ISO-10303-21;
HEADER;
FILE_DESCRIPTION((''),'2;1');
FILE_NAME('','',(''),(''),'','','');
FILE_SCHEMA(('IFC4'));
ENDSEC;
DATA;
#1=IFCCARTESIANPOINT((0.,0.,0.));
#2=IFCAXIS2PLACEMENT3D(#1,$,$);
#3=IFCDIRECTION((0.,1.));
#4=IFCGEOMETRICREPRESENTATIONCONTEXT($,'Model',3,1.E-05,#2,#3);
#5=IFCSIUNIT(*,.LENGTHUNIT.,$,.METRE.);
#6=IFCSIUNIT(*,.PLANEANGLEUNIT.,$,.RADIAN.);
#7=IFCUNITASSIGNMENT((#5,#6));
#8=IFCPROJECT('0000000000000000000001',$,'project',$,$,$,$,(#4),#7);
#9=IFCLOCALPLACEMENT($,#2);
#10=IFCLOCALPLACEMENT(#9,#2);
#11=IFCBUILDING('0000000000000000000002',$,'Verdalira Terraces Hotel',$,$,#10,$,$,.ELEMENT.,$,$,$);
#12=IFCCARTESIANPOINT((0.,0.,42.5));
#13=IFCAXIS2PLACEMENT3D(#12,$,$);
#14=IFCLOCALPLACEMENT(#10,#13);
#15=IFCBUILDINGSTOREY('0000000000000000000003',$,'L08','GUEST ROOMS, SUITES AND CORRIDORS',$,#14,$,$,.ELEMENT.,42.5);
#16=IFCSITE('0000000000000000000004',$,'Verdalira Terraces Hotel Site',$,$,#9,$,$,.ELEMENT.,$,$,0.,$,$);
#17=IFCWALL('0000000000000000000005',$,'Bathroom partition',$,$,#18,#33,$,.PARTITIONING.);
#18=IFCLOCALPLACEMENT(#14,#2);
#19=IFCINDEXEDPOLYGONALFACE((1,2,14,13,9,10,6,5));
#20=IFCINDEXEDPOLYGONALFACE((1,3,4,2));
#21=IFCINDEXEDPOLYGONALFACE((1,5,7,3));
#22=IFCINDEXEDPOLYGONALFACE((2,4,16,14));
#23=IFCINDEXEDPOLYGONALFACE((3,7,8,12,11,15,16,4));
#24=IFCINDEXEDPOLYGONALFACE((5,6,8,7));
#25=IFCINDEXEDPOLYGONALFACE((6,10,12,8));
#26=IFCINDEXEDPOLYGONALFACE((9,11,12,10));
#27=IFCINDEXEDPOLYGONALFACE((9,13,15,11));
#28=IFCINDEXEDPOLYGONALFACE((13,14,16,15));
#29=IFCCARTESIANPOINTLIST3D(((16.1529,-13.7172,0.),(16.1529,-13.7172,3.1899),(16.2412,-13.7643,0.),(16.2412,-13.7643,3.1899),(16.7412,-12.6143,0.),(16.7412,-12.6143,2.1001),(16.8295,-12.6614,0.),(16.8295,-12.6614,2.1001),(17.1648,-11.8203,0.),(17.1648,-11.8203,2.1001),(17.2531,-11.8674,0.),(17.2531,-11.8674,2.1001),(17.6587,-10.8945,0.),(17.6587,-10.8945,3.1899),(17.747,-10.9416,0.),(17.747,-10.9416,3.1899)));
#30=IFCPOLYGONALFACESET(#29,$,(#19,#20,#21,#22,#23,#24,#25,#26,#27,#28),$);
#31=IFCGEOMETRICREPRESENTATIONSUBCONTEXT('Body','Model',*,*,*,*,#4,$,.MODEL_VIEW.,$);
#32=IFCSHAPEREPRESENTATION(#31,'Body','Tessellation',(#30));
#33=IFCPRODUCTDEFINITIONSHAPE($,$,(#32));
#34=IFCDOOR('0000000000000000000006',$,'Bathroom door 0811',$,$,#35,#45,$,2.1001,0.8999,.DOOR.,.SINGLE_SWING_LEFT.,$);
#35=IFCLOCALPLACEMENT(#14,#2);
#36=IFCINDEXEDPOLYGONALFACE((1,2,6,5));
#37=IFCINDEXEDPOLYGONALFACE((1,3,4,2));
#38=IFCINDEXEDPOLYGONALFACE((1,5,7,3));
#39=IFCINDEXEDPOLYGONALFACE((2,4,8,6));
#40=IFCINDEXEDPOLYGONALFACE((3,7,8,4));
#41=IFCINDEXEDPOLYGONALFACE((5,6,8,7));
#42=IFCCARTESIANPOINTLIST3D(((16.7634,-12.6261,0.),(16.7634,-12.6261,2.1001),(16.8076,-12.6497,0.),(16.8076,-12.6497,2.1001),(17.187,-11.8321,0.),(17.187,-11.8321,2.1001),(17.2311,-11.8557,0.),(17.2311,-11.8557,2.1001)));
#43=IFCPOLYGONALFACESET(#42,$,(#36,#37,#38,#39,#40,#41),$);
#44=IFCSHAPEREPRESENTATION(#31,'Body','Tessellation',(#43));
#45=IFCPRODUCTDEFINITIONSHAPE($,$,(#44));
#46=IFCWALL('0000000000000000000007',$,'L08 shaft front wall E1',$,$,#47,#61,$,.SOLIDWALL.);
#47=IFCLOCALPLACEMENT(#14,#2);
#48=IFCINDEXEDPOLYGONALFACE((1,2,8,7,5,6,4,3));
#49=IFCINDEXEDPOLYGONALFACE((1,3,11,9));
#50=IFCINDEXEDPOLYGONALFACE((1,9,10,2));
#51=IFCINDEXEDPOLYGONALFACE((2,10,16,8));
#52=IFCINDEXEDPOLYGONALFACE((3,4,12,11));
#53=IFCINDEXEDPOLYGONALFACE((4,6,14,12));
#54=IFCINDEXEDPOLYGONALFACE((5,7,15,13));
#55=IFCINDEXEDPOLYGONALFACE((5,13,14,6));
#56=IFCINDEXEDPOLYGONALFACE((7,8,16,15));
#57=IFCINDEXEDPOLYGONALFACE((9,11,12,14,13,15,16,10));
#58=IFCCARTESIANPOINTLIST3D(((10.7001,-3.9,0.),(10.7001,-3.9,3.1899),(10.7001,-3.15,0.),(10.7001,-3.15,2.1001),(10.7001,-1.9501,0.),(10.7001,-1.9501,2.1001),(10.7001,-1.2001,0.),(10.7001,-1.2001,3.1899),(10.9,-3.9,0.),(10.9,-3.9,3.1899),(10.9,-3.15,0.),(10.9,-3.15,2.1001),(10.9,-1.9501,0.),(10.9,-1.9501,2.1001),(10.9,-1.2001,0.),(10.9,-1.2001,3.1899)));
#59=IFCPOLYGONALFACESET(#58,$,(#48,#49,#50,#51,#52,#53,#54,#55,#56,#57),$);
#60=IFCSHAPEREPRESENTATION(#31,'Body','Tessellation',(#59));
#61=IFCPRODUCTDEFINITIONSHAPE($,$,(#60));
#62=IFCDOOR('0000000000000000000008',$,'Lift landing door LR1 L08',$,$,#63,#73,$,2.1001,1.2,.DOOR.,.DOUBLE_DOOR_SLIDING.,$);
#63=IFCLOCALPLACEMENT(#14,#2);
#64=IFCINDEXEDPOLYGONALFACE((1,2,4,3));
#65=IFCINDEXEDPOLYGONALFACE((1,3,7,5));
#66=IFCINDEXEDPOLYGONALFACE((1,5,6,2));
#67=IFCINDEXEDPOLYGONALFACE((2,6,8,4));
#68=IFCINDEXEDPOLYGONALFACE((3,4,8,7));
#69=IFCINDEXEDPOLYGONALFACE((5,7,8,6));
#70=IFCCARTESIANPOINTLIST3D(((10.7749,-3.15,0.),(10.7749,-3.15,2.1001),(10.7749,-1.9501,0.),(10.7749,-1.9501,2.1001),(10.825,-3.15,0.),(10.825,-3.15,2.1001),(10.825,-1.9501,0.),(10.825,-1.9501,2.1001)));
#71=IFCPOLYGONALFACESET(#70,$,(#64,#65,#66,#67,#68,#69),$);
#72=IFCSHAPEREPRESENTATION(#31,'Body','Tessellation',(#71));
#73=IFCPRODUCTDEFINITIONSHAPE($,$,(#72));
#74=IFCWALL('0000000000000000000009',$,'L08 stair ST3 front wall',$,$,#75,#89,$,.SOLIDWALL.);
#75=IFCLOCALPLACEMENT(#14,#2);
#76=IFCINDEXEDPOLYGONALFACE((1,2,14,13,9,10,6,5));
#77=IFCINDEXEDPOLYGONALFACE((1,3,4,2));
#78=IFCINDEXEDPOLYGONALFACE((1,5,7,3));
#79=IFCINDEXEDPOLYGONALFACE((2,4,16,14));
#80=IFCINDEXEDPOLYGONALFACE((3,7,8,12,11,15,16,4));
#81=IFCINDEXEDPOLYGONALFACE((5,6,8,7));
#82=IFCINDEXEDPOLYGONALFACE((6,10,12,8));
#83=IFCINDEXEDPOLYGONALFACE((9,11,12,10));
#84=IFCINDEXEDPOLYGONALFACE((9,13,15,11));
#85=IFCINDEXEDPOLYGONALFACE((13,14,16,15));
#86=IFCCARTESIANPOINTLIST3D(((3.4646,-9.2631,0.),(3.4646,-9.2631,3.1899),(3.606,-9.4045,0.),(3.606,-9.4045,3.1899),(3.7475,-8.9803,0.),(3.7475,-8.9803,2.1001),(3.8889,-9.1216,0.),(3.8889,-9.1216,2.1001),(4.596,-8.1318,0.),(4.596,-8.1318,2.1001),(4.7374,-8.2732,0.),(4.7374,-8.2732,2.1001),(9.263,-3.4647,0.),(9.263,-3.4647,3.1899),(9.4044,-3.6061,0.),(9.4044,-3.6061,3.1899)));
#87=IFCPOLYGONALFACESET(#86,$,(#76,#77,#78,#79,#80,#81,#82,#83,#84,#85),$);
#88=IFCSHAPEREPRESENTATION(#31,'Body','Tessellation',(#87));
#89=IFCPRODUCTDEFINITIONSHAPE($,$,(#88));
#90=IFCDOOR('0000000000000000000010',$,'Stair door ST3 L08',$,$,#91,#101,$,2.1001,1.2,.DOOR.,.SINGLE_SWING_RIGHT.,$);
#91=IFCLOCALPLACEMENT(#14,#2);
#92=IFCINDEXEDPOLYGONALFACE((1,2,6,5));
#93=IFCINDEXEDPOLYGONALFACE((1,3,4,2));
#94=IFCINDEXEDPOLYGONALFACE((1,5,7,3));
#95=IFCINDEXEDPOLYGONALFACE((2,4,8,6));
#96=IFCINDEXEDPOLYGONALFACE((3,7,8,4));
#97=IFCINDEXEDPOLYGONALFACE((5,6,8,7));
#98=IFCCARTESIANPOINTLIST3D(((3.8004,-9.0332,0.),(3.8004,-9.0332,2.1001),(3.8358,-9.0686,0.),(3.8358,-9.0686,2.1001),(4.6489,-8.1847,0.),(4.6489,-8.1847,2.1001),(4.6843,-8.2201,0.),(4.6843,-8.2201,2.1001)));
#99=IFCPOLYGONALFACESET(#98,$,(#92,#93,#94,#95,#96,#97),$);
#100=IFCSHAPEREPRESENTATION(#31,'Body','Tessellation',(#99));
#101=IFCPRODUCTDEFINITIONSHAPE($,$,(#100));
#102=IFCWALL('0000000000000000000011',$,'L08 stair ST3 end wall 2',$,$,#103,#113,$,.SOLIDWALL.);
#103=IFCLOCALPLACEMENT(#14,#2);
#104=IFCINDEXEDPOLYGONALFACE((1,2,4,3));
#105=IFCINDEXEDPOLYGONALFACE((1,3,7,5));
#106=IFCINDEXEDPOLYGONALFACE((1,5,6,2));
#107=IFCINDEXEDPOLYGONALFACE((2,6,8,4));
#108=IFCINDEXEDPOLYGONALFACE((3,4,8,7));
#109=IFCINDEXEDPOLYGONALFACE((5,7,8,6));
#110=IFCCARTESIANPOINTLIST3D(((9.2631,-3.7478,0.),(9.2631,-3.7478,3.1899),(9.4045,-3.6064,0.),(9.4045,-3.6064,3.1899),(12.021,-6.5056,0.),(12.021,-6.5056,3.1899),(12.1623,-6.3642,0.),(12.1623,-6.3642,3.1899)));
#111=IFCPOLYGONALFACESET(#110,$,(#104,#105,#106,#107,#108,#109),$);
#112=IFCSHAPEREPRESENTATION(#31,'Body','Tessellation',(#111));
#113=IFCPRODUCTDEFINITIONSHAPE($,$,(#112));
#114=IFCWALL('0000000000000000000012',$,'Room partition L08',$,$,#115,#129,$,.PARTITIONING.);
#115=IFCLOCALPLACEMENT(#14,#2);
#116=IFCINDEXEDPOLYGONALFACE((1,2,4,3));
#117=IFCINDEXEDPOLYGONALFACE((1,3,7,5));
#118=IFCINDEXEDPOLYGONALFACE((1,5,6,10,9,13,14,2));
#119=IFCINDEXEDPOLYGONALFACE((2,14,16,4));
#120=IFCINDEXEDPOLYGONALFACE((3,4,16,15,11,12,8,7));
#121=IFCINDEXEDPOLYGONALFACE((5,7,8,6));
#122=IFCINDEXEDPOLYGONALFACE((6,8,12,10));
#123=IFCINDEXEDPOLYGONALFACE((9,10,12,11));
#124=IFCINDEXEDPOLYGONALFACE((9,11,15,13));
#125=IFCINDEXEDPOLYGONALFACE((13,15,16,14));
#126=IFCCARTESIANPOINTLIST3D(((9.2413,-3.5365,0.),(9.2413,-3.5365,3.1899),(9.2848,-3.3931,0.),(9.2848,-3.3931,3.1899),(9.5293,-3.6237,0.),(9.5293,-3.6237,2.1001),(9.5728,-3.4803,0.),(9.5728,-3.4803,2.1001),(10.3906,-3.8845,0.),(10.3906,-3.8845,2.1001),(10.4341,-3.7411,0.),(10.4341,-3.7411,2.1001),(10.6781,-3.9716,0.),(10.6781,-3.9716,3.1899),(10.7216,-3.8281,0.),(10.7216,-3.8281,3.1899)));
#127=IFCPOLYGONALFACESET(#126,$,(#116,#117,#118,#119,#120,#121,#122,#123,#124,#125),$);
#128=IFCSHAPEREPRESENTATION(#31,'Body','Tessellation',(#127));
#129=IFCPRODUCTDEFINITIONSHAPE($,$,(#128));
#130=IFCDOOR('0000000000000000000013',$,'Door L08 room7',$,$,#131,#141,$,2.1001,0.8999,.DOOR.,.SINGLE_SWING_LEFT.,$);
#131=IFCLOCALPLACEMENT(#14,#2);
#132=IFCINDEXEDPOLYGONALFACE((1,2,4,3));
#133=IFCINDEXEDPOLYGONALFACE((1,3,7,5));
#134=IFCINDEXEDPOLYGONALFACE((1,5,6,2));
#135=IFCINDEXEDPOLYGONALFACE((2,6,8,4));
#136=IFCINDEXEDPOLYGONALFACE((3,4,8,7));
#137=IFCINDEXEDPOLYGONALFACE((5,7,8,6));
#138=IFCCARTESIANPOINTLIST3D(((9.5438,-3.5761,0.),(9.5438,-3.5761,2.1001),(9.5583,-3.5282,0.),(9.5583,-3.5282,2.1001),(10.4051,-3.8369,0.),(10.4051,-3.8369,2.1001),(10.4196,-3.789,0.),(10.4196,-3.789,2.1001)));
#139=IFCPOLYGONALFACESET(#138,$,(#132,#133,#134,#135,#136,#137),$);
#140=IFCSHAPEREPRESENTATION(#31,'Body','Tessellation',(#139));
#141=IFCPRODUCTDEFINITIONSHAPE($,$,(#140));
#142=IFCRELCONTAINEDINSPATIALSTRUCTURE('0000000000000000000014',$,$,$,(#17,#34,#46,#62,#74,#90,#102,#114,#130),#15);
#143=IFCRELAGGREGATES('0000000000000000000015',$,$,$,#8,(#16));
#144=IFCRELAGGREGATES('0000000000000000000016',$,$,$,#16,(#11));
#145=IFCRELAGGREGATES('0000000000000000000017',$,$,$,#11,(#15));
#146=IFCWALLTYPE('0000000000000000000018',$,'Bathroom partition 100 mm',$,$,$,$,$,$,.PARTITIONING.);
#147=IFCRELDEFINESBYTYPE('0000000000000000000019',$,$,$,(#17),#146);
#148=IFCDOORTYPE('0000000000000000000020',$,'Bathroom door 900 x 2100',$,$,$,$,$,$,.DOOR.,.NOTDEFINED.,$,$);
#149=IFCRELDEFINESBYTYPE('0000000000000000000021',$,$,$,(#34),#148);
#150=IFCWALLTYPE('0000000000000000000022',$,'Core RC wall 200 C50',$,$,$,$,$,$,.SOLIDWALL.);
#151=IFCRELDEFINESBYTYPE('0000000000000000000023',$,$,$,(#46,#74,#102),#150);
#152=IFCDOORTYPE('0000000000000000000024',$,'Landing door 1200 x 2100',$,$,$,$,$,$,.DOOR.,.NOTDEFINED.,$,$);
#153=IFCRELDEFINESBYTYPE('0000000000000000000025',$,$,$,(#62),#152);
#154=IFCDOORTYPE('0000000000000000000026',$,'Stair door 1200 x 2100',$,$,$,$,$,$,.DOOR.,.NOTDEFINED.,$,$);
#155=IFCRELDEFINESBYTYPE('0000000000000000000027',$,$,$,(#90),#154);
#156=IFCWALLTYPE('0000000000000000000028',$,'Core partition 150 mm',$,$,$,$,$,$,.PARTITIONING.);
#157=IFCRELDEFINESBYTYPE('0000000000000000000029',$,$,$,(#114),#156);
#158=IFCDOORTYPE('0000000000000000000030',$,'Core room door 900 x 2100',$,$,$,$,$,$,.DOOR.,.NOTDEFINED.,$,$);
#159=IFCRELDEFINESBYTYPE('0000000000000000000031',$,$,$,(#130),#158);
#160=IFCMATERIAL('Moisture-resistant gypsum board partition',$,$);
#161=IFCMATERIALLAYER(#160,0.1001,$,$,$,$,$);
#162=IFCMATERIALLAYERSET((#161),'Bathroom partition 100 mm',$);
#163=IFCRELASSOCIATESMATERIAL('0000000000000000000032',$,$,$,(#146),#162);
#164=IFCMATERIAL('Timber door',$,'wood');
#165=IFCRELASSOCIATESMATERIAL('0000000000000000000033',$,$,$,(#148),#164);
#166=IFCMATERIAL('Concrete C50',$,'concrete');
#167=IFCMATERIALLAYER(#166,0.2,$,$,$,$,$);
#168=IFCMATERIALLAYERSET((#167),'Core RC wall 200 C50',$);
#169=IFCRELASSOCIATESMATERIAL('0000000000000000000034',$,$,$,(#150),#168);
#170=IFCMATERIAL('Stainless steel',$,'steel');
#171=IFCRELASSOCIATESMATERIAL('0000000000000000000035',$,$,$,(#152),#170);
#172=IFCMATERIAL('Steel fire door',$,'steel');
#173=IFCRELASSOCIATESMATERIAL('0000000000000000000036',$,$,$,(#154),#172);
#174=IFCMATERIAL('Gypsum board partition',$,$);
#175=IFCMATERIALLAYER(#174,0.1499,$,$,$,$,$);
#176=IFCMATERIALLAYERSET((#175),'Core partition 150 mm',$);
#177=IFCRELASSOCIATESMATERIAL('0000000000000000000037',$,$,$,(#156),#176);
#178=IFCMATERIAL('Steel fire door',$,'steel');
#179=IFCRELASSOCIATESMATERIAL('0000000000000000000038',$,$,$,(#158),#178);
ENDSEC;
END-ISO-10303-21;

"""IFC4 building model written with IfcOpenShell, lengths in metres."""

from ifc_helpers import new_model, si_unit, direction, frame, frame_2d, origin, place, context, subcontext, project, spatial, rectangle, extrude, material, layer, layer_set, type_object, element, fill, save


model = new_model("IFC4")

# Units and contexts
model_context = context("Model", 3, precision=1e-05, world=origin(), true_north=direction((0.0, 1.0)))
body_context = subcontext(model_context, "Body", "Model", "MODEL_VIEW")
ifc_project = project(units=[si_unit("LENGTHUNIT", "METRE"), si_unit("PLANEANGLEUNIT", "RADIAN")], contexts=[model_context])

# Site, building, storey
site_placement = place(None, origin())
site = spatial("IfcSite", under=ifc_project, at=site_placement, Name="Verdalira Terraces Hotel Site", CompositionType="ELEMENT", RefElevation=0.0)
building_placement = place(site_placement, origin())
building = spatial("IfcBuilding", under=site, at=building_placement, Name="Verdalira Terraces Hotel", CompositionType="ELEMENT")
storey_placement = place(building_placement, frame((0.0, 0.0, 42.5)))
storey = spatial("IfcBuildingStorey", under=building, at=storey_placement, Name="L08", Description="GUEST ROOMS, SUITES AND CORRIDORS", CompositionType="ELEMENT", Elevation=42.5)

# Walls, openings, doors
ifc_material_1 = material(Name="Moisture-resistant gypsum board partition")
ifc_layer_1 = layer(ifc_material_1, 0.1001)
ifc_layer_set_1 = layer_set([ifc_layer_1], Name="Bathroom partition 100 mm")
wall_type_1 = type_object("IfcWallType", Name="Bathroom partition 100 mm", PredefinedType="PARTITIONING", material=ifc_layer_set_1)
wall_1_placement = place(storey_placement, frame((16.197, -13.7407, 0.0), z_axis=(0.0, 0.0, 1.0), x_axis=(0.470683, 0.882302, 0.0)))
wall_1 = element("IfcWall", 1, at=wall_1_placement, inside=storey, type_object=wall_type_1, Name="Bathroom partition", PredefinedType="PARTITIONING", context=body_context, shape_type="SweptSolid", body=[
    extrude(rectangle(XDim=3.1992, YDim=0.1001, at=frame_2d((1.5996, 0.0))), origin(), (0.0, 0.0, 1.0), 3.1899),
])
opening_1_placement = place(wall_1_placement, frame((1.25, 0.0, 0.0)))
opening_1 = element("IfcOpeningElement", 2, at=opening_1_placement, cuts=wall_1, PredefinedType="OPENING", context=body_context, shape_type="SweptSolid", body=[
    extrude(rectangle(XDim=0.8999, YDim=2.1001, at=frame_2d((0.45, 1.05))), frame((0.0, 0.0601, 0.0), z_axis=(0.0, -1.0, 0.0), x_axis=(1.0, 0.0, 0.0)), (0.0, 0.0, 1.0), 0.1201),
])
ifc_material_2 = material(Name="Timber door", Category="wood")
door_type_1 = type_object("IfcDoorType", Name="Bathroom door 900 x 2100", OperationType="NOTDEFINED", PredefinedType="DOOR", material=ifc_material_2)
door_1_placement = place(opening_1_placement, origin())
door_1 = element("IfcDoor", 3, at=door_1_placement, inside=storey, type_object=door_type_1, Name="Bathroom door 0811", OperationType="SINGLE_SWING_LEFT", OverallHeight=2.1001, OverallWidth=0.8999, PredefinedType="DOOR", context=body_context, shape_type="SweptSolid", body=[
    extrude(rectangle(XDim=0.8999, YDim=2.1001, at=frame_2d((0.45, 1.05))), frame((0.0, 0.0249, 0.0), z_axis=(0.0, -1.0, 0.0), x_axis=(1.0, 0.0, 0.0)), (0.0, 0.0, 1.0), 0.05),
])
fill(opening_1, door_1)
ifc_material_3 = material(Name="Concrete C50", Category="concrete")
ifc_layer_2 = layer(ifc_material_3, 0.2)
ifc_layer_set_2 = layer_set([ifc_layer_2], Name="Core RC wall 200 C50")
wall_type_2 = type_object("IfcWallType", Name="Core RC wall 200 C50", PredefinedType="SOLIDWALL", material=ifc_layer_set_2)
wall_2_placement = place(storey_placement, frame((10.8, -1.2, 0.0), z_axis=(0.0, 0.0, 1.0), x_axis=(0.0, -1.0, 0.0)))
wall_2 = element("IfcWall", 4, at=wall_2_placement, inside=storey, type_object=wall_type_2, Name="L08 shaft front wall E1", PredefinedType="SOLIDWALL", context=body_context, shape_type="SweptSolid", body=[
    extrude(rectangle(XDim=2.7, YDim=0.2, at=frame_2d((1.3501, 0.0))), origin(), (0.0, 0.0, 1.0), 3.1899),
])
opening_2_placement = place(wall_2_placement, frame((0.75, 0.0, 0.0)))
opening_2 = element("IfcOpeningElement", 5, at=opening_2_placement, cuts=wall_2, PredefinedType="OPENING", context=body_context, shape_type="SweptSolid", body=[
    extrude(rectangle(XDim=1.2, YDim=2.1001, at=frame_2d((0.6001, 1.05))), frame((0.0, 0.1099, 0.0), z_axis=(0.0, -1.0, 0.0), x_axis=(1.0, 0.0, 0.0)), (0.0, 0.0, 1.0), 0.22),
])
ifc_material_4 = material(Name="Stainless steel", Category="steel")
door_type_2 = type_object("IfcDoorType", Name="Landing door 1200 x 2100", OperationType="NOTDEFINED", PredefinedType="DOOR", material=ifc_material_4)
door_2_placement = place(opening_2_placement, origin())
door_2 = element("IfcDoor", 6, at=door_2_placement, inside=storey, type_object=door_type_2, Name="Lift landing door LR1 L08", OperationType="DOUBLE_DOOR_SLIDING", OverallHeight=2.1001, OverallWidth=1.2, PredefinedType="DOOR", context=body_context, shape_type="SweptSolid", body=[
    extrude(rectangle(XDim=1.2, YDim=2.1001, at=frame_2d((0.6001, 1.05))), frame((0.0, 0.0249, 0.0), z_axis=(0.0, -1.0, 0.0), x_axis=(1.0, 0.0, 0.0)), (0.0, 0.0, 1.0), 0.05),
])
fill(opening_2, door_2)
wall_3_placement = place(storey_placement, frame((9.3337, -3.5354, 0.0), z_axis=(0.0, 0.0, 1.0), x_axis=(-0.707107, -0.707107, 0.0)))
wall_3 = element("IfcWall", 7, at=wall_3_placement, inside=storey, type_object=wall_type_2, Name="L08 stair ST3 front wall", PredefinedType="SOLIDWALL", context=body_context, shape_type="SweptSolid", body=[
    extrude(rectangle(XDim=8.2002, YDim=0.2, at=frame_2d((4.1001, 0.0))), origin(), (0.0, 0.0, 1.0), 3.1899),
])
opening_3_placement = place(wall_3_placement, frame((6.6001, 0.0, 0.0)))
opening_3 = element("IfcOpeningElement", 8, at=opening_3_placement, cuts=wall_3, PredefinedType="OPENING", context=body_context, shape_type="SweptSolid", body=[
    extrude(rectangle(XDim=1.2, YDim=2.1001, at=frame_2d((0.6001, 1.05))), frame((0.0, 0.1099, 0.0), z_axis=(0.0, -1.0, 0.0), x_axis=(1.0, 0.0, 0.0)), (0.0, 0.0, 1.0), 0.22),
])
ifc_material_5 = material(Name="Steel fire door", Category="steel")
door_type_3 = type_object("IfcDoorType", Name="Stair door 1200 x 2100", OperationType="NOTDEFINED", PredefinedType="DOOR", material=ifc_material_5)
door_3_placement = place(opening_3_placement, origin())
door_3 = element("IfcDoor", 9, at=door_3_placement, inside=storey, type_object=door_type_3, Name="Stair door ST3 L08", OperationType="SINGLE_SWING_RIGHT", OverallHeight=2.1001, OverallWidth=1.2, PredefinedType="DOOR", context=body_context, shape_type="SweptSolid", body=[
    extrude(rectangle(XDim=1.2, YDim=2.1001, at=frame_2d((0.6001, 1.05))), frame((0.0, 0.0249, 0.0), z_axis=(0.0, -1.0, 0.0), x_axis=(1.0, 0.0, 0.0)), (0.0, 0.0, 1.0), 0.05),
])
fill(opening_3, door_3)

# Wall
wall_4_placement = place(storey_placement, frame((9.3337, -3.677, 0.0), z_axis=(0.0, 0.0, 1.0), x_axis=(0.707107, -0.707107, 0.0)))
element("IfcWall", 10, at=wall_4_placement, inside=storey, type_object=wall_type_2, Name="L08 stair ST3 end wall 2", PredefinedType="SOLIDWALL", context=body_context, shape_type="SweptSolid", body=[
    extrude(rectangle(XDim=3.9001, YDim=0.2, at=frame_2d((1.9502, 0.0))), origin(), (0.0, 0.0, 1.0), 3.1899),
])

# Wall, opening, door
ifc_material_6 = material(Name="Gypsum board partition")
ifc_layer_3 = layer(ifc_material_6, 0.1499)
ifc_layer_set_3 = layer_set([ifc_layer_3], Name="Core partition 150 mm")
wall_type_3 = type_object("IfcWallType", Name="Core partition 150 mm", PredefinedType="PARTITIONING", material=ifc_layer_set_3)
wall_5_placement = place(storey_placement, frame((9.2632, -3.4648, 0.0), z_axis=(0.0, 0.0, 1.0), x_axis=(0.957085, -0.289809, 0.0)))
wall_5 = element("IfcWall", 11, at=wall_5_placement, inside=storey, type_object=wall_type_3, Name="Room partition L08", PredefinedType="PARTITIONING", context=body_context, shape_type="SweptSolid", body=[
    extrude(rectangle(XDim=1.5012, YDim=0.1499, at=frame_2d((0.7505, 0.0))), origin(), (0.0, 0.0, 1.0), 3.1899),
])
opening_4_placement = place(wall_5_placement, frame((0.3008, 0.0, 0.0)))
opening_4 = element("IfcOpeningElement", 12, at=opening_4_placement, cuts=wall_5, PredefinedType="OPENING", context=body_context, shape_type="SweptSolid", body=[
    extrude(rectangle(XDim=0.8999, YDim=2.1001, at=frame_2d((0.45, 1.05))), frame((0.0, 0.085, 0.0), z_axis=(0.0, -1.0, 0.0), x_axis=(1.0, 0.0, 0.0)), (0.0, 0.0, 1.0), 0.1699),
])
ifc_material_7 = material(Name="Steel fire door", Category="steel")
door_type_4 = type_object("IfcDoorType", Name="Core room door 900 x 2100", OperationType="NOTDEFINED", PredefinedType="DOOR", material=ifc_material_7)
door_4_placement = place(opening_4_placement, origin())
door_4 = element("IfcDoor", 13, at=door_4_placement, inside=storey, type_object=door_type_4, Name="Door L08 room7", OperationType="SINGLE_SWING_LEFT", OverallHeight=2.1001, OverallWidth=0.8999, PredefinedType="DOOR", context=body_context, shape_type="SweptSolid", body=[
    extrude(rectangle(XDim=0.8999, YDim=2.1001, at=frame_2d((0.45, 1.05))), frame((0.0, 0.0249, 0.0), z_axis=(0.0, -1.0, 0.0), x_axis=(1.0, 0.0, 0.0)), (0.0, 0.0, 1.0), 0.05),
])
fill(opening_4, door_4)

save(model, "model.ifc")
